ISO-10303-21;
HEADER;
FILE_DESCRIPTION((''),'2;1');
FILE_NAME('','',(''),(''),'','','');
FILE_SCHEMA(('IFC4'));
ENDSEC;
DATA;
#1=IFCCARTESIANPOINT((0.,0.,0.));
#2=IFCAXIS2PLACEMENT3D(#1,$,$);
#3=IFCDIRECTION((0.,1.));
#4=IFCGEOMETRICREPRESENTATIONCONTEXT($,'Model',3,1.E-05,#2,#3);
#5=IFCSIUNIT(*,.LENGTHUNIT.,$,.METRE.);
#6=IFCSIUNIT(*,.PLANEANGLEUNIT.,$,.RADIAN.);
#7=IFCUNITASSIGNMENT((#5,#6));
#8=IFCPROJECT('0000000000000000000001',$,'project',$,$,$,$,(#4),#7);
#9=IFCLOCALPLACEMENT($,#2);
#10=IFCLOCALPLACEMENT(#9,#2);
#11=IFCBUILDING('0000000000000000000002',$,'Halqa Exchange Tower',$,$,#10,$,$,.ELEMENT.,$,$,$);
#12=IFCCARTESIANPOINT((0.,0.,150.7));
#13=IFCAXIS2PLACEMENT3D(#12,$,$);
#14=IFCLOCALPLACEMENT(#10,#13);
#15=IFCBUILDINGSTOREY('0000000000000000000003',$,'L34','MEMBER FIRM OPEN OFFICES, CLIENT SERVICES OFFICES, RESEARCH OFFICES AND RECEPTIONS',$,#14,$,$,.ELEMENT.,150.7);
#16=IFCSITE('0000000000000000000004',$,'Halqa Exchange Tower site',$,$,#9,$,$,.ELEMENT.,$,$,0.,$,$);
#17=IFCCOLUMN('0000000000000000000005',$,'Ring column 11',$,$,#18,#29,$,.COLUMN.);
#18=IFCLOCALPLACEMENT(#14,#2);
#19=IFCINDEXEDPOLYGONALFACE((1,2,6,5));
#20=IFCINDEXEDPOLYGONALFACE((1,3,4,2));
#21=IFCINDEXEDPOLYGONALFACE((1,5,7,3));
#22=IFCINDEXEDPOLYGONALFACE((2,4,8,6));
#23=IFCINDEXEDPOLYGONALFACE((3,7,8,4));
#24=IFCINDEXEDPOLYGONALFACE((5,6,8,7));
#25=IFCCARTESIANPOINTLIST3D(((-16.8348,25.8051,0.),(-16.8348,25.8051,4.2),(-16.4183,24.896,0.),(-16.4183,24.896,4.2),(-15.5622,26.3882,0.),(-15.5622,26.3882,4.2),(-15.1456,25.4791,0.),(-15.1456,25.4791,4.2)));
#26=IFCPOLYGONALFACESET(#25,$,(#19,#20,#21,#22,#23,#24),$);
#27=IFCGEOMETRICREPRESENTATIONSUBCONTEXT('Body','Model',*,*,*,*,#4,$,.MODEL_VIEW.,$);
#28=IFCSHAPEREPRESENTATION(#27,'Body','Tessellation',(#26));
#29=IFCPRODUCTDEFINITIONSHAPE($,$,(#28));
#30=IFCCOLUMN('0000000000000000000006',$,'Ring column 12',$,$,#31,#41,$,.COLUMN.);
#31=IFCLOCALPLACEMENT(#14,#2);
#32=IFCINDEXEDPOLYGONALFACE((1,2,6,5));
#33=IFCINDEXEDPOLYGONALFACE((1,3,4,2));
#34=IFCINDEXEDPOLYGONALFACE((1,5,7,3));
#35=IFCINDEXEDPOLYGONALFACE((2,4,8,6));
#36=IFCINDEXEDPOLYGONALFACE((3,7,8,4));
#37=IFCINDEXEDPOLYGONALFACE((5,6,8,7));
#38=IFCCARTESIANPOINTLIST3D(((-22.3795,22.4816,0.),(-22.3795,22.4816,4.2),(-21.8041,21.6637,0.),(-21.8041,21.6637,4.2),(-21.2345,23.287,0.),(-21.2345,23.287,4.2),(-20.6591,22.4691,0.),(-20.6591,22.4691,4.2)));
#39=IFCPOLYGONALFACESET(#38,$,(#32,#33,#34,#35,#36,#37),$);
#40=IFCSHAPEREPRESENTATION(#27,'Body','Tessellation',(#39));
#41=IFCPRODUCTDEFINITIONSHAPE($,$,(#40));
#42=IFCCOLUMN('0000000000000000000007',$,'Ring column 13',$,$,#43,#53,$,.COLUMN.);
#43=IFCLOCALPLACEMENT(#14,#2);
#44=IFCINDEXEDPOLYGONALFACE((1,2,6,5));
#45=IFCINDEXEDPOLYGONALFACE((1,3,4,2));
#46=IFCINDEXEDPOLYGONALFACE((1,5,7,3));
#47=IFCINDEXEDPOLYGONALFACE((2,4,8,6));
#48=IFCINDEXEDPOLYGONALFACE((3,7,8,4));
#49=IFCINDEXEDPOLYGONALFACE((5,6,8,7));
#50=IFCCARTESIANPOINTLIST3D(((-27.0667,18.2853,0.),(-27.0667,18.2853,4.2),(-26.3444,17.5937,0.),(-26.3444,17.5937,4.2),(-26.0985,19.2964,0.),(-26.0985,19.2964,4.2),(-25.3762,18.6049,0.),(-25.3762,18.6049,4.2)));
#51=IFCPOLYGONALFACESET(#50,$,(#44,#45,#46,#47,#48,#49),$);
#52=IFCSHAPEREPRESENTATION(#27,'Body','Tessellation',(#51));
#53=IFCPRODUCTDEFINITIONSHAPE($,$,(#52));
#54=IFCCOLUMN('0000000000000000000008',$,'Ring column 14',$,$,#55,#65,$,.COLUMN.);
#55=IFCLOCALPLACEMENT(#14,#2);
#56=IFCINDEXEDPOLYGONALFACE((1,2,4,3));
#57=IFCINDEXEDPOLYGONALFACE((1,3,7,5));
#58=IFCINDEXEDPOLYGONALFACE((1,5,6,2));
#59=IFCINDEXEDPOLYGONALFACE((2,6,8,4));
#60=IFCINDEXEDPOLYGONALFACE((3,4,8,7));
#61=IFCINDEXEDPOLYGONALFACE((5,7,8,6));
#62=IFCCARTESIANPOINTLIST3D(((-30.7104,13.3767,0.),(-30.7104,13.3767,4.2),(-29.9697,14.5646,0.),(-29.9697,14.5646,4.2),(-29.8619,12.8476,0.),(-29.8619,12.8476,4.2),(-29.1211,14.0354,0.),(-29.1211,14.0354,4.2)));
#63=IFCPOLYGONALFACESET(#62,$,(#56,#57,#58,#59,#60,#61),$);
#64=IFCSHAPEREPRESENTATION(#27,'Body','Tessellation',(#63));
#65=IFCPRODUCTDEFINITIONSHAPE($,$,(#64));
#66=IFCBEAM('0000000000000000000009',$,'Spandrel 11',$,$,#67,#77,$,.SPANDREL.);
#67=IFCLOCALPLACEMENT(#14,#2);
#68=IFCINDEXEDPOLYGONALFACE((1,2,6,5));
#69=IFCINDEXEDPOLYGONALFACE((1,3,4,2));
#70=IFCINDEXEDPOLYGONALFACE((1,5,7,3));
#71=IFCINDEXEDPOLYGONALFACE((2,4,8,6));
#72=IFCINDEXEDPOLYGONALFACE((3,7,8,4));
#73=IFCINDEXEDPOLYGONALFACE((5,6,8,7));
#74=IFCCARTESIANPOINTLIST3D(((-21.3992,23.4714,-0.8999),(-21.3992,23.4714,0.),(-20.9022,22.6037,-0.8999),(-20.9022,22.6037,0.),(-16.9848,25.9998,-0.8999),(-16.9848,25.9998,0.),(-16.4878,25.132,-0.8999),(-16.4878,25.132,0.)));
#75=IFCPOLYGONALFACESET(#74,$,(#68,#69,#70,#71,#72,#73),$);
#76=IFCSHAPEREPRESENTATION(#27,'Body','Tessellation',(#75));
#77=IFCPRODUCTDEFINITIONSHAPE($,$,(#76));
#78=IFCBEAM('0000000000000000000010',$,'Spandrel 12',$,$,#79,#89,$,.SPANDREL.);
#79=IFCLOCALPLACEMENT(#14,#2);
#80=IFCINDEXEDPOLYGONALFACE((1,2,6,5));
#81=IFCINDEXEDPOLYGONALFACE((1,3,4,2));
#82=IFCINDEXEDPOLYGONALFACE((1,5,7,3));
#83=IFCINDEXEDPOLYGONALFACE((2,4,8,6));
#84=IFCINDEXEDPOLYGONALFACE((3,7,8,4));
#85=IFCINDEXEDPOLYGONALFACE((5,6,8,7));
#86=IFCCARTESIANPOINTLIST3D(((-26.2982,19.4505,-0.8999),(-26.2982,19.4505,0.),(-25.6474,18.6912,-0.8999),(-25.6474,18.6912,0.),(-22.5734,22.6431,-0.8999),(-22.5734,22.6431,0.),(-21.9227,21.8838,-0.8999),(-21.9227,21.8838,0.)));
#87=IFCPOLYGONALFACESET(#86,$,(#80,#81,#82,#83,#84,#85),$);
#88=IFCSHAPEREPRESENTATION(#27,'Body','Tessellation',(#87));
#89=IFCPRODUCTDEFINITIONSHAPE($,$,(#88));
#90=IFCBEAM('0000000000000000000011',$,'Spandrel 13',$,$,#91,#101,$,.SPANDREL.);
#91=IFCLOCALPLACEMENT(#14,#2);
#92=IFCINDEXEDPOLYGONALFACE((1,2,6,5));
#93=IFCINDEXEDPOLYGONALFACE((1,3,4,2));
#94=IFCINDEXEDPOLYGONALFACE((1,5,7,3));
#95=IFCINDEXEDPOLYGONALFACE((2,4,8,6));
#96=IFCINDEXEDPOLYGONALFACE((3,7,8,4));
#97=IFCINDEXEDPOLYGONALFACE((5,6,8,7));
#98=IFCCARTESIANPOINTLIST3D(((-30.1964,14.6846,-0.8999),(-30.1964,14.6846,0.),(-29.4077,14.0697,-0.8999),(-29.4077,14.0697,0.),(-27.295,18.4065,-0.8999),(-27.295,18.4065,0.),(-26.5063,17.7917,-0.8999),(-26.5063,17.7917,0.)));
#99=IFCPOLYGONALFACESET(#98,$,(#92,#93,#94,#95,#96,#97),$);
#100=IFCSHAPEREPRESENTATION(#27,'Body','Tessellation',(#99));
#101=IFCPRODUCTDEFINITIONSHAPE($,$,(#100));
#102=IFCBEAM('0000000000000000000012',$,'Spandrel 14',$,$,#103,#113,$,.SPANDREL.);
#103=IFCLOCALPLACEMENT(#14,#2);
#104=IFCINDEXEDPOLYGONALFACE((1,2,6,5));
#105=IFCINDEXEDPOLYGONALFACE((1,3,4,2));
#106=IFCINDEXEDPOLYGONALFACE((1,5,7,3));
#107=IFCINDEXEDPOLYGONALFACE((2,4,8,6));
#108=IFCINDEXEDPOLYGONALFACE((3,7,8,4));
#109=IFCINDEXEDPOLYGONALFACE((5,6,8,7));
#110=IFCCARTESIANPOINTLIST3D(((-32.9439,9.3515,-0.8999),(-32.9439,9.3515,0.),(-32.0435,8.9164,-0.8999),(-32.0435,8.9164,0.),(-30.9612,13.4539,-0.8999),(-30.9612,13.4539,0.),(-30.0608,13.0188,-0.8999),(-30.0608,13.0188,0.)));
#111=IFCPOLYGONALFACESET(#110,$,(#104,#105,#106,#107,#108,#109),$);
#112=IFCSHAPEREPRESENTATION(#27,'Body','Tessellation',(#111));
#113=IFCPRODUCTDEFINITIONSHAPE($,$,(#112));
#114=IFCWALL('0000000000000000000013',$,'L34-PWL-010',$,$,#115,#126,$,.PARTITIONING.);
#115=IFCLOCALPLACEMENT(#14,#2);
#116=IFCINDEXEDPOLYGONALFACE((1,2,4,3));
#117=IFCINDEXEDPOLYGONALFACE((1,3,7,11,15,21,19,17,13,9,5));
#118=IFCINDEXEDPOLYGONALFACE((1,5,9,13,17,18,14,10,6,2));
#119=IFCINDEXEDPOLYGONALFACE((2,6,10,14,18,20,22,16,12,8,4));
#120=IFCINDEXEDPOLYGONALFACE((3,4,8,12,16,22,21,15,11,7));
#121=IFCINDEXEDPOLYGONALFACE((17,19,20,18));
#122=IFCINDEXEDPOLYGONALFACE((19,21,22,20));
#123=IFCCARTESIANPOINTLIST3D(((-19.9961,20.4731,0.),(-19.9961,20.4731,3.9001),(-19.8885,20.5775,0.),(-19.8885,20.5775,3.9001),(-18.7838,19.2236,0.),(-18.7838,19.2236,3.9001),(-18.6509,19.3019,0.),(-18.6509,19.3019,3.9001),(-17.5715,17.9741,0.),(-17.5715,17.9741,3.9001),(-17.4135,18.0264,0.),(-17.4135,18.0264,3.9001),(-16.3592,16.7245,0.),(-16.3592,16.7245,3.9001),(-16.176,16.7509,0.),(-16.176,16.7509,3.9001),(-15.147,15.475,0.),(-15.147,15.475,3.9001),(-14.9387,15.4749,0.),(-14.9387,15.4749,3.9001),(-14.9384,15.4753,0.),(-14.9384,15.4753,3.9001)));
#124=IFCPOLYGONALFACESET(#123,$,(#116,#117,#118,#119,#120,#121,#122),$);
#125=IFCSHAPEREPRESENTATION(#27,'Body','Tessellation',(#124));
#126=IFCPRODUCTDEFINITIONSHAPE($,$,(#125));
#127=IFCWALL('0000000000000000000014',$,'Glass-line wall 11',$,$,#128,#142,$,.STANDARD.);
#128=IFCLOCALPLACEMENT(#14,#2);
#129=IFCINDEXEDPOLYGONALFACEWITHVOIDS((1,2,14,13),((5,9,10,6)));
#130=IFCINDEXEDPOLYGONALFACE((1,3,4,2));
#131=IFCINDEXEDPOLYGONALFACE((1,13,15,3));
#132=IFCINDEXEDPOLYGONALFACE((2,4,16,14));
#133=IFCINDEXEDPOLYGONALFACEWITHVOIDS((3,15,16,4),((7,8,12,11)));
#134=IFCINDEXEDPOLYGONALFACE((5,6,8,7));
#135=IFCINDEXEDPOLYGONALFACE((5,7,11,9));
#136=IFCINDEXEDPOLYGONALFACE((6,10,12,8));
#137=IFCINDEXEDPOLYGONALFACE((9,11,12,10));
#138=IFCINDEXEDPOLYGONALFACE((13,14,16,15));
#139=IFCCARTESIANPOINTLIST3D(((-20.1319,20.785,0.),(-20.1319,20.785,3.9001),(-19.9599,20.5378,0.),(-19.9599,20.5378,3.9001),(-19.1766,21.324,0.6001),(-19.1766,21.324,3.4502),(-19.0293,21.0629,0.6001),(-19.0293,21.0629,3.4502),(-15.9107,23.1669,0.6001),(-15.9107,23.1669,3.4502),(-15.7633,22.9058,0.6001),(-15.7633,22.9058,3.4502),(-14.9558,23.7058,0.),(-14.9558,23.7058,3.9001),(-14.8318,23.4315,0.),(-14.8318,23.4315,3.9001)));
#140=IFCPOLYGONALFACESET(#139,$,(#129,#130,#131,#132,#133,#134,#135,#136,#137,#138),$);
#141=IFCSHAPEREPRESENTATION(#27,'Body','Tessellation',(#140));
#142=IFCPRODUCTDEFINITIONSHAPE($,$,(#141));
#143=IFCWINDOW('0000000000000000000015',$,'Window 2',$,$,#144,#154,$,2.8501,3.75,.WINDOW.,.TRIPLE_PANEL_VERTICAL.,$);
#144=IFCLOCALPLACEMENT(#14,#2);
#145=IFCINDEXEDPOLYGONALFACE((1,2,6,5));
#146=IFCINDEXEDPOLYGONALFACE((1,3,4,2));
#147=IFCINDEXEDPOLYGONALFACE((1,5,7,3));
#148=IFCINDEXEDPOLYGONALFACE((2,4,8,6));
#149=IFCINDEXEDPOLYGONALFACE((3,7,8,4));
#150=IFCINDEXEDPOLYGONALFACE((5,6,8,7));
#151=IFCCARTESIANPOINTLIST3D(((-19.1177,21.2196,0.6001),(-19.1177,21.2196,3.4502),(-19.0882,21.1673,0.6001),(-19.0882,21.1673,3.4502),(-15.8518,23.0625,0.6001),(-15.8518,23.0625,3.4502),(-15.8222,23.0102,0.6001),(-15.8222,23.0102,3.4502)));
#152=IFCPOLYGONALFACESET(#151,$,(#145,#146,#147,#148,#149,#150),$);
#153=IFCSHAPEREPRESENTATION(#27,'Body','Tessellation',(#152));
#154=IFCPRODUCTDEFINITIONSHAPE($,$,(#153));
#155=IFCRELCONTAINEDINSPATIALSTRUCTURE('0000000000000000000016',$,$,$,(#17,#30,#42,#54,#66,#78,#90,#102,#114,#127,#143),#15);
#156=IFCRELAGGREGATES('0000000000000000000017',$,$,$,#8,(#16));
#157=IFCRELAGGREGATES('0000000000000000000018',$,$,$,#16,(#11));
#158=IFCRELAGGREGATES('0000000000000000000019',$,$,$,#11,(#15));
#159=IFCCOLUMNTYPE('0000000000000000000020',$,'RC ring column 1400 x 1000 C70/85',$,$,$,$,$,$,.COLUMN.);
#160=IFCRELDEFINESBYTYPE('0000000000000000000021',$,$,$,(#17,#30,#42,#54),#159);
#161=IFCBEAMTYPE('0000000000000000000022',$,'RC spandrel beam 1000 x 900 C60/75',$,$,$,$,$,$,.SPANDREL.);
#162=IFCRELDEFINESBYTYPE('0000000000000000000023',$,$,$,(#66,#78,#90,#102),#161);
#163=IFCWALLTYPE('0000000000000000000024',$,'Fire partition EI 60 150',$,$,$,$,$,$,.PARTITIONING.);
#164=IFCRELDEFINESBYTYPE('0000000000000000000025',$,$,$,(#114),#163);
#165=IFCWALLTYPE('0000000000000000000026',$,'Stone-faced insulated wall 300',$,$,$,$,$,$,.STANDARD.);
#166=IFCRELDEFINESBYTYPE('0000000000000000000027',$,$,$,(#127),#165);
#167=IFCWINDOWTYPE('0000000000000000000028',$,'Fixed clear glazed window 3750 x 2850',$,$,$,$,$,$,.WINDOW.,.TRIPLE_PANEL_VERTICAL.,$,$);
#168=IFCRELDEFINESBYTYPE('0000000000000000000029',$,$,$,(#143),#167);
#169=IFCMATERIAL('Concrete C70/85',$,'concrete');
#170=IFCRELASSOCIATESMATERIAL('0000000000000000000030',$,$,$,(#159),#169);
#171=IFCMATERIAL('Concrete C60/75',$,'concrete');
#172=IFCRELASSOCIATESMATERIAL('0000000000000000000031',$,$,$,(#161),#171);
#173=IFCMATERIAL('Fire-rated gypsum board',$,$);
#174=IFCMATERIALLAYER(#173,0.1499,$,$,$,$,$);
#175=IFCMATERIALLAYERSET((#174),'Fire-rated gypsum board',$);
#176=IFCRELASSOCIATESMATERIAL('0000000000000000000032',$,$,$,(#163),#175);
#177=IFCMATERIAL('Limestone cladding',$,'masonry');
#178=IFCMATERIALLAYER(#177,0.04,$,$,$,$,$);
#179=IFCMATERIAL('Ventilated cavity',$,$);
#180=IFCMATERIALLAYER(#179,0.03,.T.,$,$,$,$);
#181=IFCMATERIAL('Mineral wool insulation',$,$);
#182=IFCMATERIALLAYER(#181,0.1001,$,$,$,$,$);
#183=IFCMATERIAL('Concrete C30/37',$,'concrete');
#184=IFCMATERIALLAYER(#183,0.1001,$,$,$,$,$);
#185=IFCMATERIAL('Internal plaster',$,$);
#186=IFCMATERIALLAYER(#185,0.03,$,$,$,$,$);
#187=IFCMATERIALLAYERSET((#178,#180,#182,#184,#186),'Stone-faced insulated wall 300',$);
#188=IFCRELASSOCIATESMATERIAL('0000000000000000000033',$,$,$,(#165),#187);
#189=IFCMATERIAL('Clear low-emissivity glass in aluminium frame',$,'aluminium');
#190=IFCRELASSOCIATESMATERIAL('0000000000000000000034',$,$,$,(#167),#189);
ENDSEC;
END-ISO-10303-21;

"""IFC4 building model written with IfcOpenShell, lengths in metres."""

from ifc_helpers import new_model, si_unit, direction, frame, frame_2d, origin, origin_2d, place, context, subcontext, project, spatial, polyline, rectangle, outline, extrude, material, layer, layer_set, material_profile, profile_set, type_object, element, fill, save


model = new_model("IFC4")

# Units and contexts
model_context = context("Model", 3, precision=1e-05, world=origin(), true_north=direction((0.0, 1.0)))
body_context = subcontext(model_context, "Body", "Model", "MODEL_VIEW")
ifc_project = project(units=[si_unit("LENGTHUNIT", "METRE"), si_unit("PLANEANGLEUNIT", "RADIAN")], contexts=[model_context])

# Site, building, storey
site_placement = place(None, origin())
site = spatial("IfcSite", under=ifc_project, at=site_placement, Name="Halqa Exchange Tower site", CompositionType="ELEMENT", RefElevation=0.0)
building_placement = place(site_placement, origin())
building = spatial("IfcBuilding", under=site, at=building_placement, Name="Halqa Exchange Tower", CompositionType="ELEMENT")
storey_placement = place(building_placement, frame((0.0, 0.0, 150.7)))
storey = spatial("IfcBuildingStorey", under=building, at=storey_placement, Name="L34", Description="MEMBER FIRM OPEN OFFICES, CLIENT SERVICES OFFICES, RESEARCH OFFICES AND RECEPTIONS", CompositionType="ELEMENT", Elevation=150.7)

# Columns
ifc_material_1 = material(Name="Concrete C70/85", Category="concrete")
ifc_material_profile_1 = material_profile(ifc_material_1, rectangle(XDim=1.3999, YDim=1.0, at=origin_2d()), Name="1400 x 1000")
ifc_profile_set_1 = profile_set([ifc_material_profile_1], Name="Concrete C70/85")
column_type = type_object("IfcColumnType", Name="RC ring column 1400 x 1000 C70/85", PredefinedType="COLUMN", material=ifc_profile_set_1)
for number, where, z_axis, x_axis, name in (
    (1, (-15.9902, 25.6421, 0.0), (0.0, 0.0, 1.0), (-0.909126, -0.41652, 0.0), "Ring column 11"),
    (2, (-21.5193, 22.4753, 0.0), (0.0, 0.0, 1.0), (-0.817911, -0.575345, 0.0), "Ring column 12"),
    (3, (-26.2214, 18.4451, 0.0), (0.0, 0.0, 1.0), (-0.691579, -0.722301, 0.0), "Ring column 13"),
    (4, (-29.9158, 13.7061, 0.0), (0.0, 0.0, 1.0), (-0.529143, -0.848532, 0.0), "Ring column 14"),
):
    element("IfcColumn", number, at=place(storey_placement, frame(where, z_axis=z_axis, x_axis=x_axis)), inside=storey, type_object=column_type, Name=name, PredefinedType="COLUMN", context=body_context, shape_type="SweptSolid", body=[
        extrude(rectangle(XDim=1.3999, YDim=1.0, at=origin_2d()), origin(), (0.0, 0.0, 1.0), 4.2),
    ])

# Beams
ifc_material_2 = material(Name="Concrete C60/75", Category="concrete")
ifc_material_profile_2 = material_profile(ifc_material_2, rectangle(XDim=1.0, YDim=0.8999, at=origin_2d()), Name="1000 x 900")
ifc_profile_set_2 = profile_set([ifc_material_profile_2], Name="Concrete C60/75")
beam_type = type_object("IfcBeamType", Name="RC spandrel beam 1000 x 900 C60/75", PredefinedType="SPANDREL", material=ifc_profile_set_2)
beam_1_placement = place(storey_placement, frame((-16.7363, 25.5659, -0.45), z_axis=(-0.867747, -0.497007, 0.0), x_axis=(0.497007, -0.867747, 0.0)))
element("IfcBeam", 5, at=beam_1_placement, inside=storey, type_object=beam_type, Name="Spandrel 11", PredefinedType="SPANDREL", context=body_context, shape_type="SweptSolid", body=[
    extrude(rectangle(XDim=1.0, YDim=0.8999, at=origin_2d()), origin(), (0.0, 0.0, 1.0), 5.0872),
])
beam_2_placement = place(storey_placement, frame((-22.248, 22.2634, -0.45), z_axis=(-0.759267, -0.650779, 0.0), x_axis=(0.650779, -0.759267, 0.0)))
element("IfcBeam", 6, at=beam_2_placement, inside=storey, type_object=beam_type, Name="Spandrel 12", PredefinedType="SPANDREL", context=body_context, shape_type="SweptSolid", body=[
    extrude(rectangle(XDim=1.0, YDim=0.8999, at=origin_2d()), origin(), (0.0, 0.0, 1.0), 4.9058),
])
beam_3_placement = place(storey_placement, frame((-26.9006, 18.0991, -0.45), z_axis=(-0.614803, -0.78868, 0.0), x_axis=(0.78868, -0.614803, 0.0)))
element("IfcBeam", 7, at=beam_3_placement, inside=storey, type_object=beam_type, Name="Spandrel 13", PredefinedType="SPANDREL", context=body_context, shape_type="SweptSolid", body=[
    extrude(rectangle(XDim=1.0, YDim=0.8999, at=origin_2d()), origin(), (0.0, 0.0, 1.0), 4.7192),
])
beam_4_placement = place(storey_placement, frame((-30.511, 13.2363, -0.45), z_axis=(-0.435149, -0.900358, 0.0), x_axis=(0.900358, -0.435149, 0.0)))
element("IfcBeam", 8, at=beam_4_placement, inside=storey, type_object=beam_type, Name="Spandrel 14", PredefinedType="SPANDREL", context=body_context, shape_type="SweptSolid", body=[
    extrude(rectangle(XDim=1.0, YDim=0.8999, at=origin_2d()), origin(), (0.0, 0.0, 1.0), 4.5564),
])

# Shared definitions
ifc_material_3 = material(Name="Fire-rated gypsum board")
ifc_layer_1 = layer(ifc_material_3, 0.1499)
ifc_layer_set_1 = layer_set([ifc_layer_1], Name="Fire-rated gypsum board")
wall_type_1 = type_object("IfcWallType", Name="Fire partition EI 60 150", PredefinedType="PARTITIONING", material=ifc_layer_set_1)

# Wall
wall_1_placement = place(storey_placement, frame((-14.9922, 15.4231, 0.0), z_axis=(0.0, 0.0, 1.0), x_axis=(-0.696328, 0.717724, 0.0)))
element("IfcWall", 9, at=wall_1_placement, inside=storey, type_object=wall_type_1, Name="L34-PWL-010", PredefinedType="PARTITIONING", context=body_context, shape_type="SweptSolid", body=[
    extrude(outline(polyline([(7.1089, 0.075), (5.3679, 0.075), (3.627, 0.075), (1.886, 0.075), (0.145, 0.075), (0.0, -0.0745), (0.0, -0.075), (1.7773, -0.075), (3.5544, -0.075), (5.3315, -0.075), (7.1089, -0.075), (7.1089, 0.075)])), origin(), (0.0, 0.0, 1.0), 3.9001),
])

# Wall, opening, window
ifc_material_4 = material(Name="Limestone cladding", Category="masonry")
ifc_layer_2 = layer(ifc_material_4, 0.04)
ifc_material_5 = material(Name="Ventilated cavity")
ifc_layer_3 = layer(ifc_material_5, 0.03, ventilated=True)
ifc_material_6 = material(Name="Mineral wool insulation")
ifc_layer_4 = layer(ifc_material_6, 0.1001)
ifc_material_7 = material(Name="Concrete C30/37", Category="concrete")
ifc_layer_5 = layer(ifc_material_7, 0.1001)
ifc_material_8 = material(Name="Internal plaster")
ifc_layer_6 = layer(ifc_material_8, 0.03)
ifc_layer_set_2 = layer_set([ifc_layer_2, ifc_layer_3, ifc_layer_4, ifc_layer_5, ifc_layer_6], Name="Stone-faced insulated wall 300")
wall_type_2 = type_object("IfcWallType", Name="Stone-faced insulated wall 300", PredefinedType="STANDARD", material=ifc_layer_set_2)
wall_2_placement = place(storey_placement, frame((-14.8938, 23.5686, 0.0), z_axis=(0.0, 0.0, 1.0), x_axis=(-0.870912, -0.491438, 0.0)))
wall_2 = element("IfcWall", 10, at=wall_2_placement, inside=storey, type_object=wall_type_2, Name="Glass-line wall 11", PredefinedType="STANDARD", context=body_context, shape_type="SweptSolid", body=[
    extrude(outline(polyline([(-0.0134, -0.1499), (5.9299, -0.1499), (5.9016, 0.1499), (0.0134, 0.1499), (-0.0134, -0.1499)])), origin(), (0.0, 0.0, 1.0), 3.9001),
])
opening_1_placement = place(wall_2_placement, frame((1.083, 0.0, 0.6001)))
opening_1 = element("IfcOpeningElement", 11, at=opening_1_placement, cuts=wall_2, PredefinedType="OPENING", context=body_context, shape_type="SweptSolid", body=[
    extrude(rectangle(XDim=3.75, YDim=2.8501, at=frame_2d((1.875, 1.425))), frame((0.0, 0.1621, 0.0), z_axis=(0.0, -1.0, 0.0), x_axis=(1.0, 0.0, 0.0)), (0.0, 0.0, 1.0), 0.324),
])
ifc_material_9 = material(Name="Clear low-emissivity glass in aluminium frame", Category="aluminium")
window_type = type_object("IfcWindowType", Name="Fixed clear glazed window 3750 x 2850", PartitioningType="TRIPLE_PANEL_VERTICAL", PredefinedType="WINDOW", material=ifc_material_9)
window_1_placement = place(opening_1_placement, origin())
window_1 = element("IfcWindow", 12, at=window_1_placement, inside=storey, type_object=window_type, Name="Window 2", OverallHeight=2.8501, OverallWidth=3.75, PartitioningType="TRIPLE_PANEL_VERTICAL", PredefinedType="WINDOW", context=body_context, shape_type="SweptSolid", body=[
    extrude(rectangle(XDim=3.75, YDim=2.8501, at=frame_2d((1.875, 1.425))), frame((0.0, 0.03, 0.0), z_axis=(0.0, -1.0, 0.0), x_axis=(1.0, 0.0, 0.0)), (0.0, 0.0, 1.0), 0.0601),
])
fill(opening_1, window_1)

save(model, "model.ifc")
